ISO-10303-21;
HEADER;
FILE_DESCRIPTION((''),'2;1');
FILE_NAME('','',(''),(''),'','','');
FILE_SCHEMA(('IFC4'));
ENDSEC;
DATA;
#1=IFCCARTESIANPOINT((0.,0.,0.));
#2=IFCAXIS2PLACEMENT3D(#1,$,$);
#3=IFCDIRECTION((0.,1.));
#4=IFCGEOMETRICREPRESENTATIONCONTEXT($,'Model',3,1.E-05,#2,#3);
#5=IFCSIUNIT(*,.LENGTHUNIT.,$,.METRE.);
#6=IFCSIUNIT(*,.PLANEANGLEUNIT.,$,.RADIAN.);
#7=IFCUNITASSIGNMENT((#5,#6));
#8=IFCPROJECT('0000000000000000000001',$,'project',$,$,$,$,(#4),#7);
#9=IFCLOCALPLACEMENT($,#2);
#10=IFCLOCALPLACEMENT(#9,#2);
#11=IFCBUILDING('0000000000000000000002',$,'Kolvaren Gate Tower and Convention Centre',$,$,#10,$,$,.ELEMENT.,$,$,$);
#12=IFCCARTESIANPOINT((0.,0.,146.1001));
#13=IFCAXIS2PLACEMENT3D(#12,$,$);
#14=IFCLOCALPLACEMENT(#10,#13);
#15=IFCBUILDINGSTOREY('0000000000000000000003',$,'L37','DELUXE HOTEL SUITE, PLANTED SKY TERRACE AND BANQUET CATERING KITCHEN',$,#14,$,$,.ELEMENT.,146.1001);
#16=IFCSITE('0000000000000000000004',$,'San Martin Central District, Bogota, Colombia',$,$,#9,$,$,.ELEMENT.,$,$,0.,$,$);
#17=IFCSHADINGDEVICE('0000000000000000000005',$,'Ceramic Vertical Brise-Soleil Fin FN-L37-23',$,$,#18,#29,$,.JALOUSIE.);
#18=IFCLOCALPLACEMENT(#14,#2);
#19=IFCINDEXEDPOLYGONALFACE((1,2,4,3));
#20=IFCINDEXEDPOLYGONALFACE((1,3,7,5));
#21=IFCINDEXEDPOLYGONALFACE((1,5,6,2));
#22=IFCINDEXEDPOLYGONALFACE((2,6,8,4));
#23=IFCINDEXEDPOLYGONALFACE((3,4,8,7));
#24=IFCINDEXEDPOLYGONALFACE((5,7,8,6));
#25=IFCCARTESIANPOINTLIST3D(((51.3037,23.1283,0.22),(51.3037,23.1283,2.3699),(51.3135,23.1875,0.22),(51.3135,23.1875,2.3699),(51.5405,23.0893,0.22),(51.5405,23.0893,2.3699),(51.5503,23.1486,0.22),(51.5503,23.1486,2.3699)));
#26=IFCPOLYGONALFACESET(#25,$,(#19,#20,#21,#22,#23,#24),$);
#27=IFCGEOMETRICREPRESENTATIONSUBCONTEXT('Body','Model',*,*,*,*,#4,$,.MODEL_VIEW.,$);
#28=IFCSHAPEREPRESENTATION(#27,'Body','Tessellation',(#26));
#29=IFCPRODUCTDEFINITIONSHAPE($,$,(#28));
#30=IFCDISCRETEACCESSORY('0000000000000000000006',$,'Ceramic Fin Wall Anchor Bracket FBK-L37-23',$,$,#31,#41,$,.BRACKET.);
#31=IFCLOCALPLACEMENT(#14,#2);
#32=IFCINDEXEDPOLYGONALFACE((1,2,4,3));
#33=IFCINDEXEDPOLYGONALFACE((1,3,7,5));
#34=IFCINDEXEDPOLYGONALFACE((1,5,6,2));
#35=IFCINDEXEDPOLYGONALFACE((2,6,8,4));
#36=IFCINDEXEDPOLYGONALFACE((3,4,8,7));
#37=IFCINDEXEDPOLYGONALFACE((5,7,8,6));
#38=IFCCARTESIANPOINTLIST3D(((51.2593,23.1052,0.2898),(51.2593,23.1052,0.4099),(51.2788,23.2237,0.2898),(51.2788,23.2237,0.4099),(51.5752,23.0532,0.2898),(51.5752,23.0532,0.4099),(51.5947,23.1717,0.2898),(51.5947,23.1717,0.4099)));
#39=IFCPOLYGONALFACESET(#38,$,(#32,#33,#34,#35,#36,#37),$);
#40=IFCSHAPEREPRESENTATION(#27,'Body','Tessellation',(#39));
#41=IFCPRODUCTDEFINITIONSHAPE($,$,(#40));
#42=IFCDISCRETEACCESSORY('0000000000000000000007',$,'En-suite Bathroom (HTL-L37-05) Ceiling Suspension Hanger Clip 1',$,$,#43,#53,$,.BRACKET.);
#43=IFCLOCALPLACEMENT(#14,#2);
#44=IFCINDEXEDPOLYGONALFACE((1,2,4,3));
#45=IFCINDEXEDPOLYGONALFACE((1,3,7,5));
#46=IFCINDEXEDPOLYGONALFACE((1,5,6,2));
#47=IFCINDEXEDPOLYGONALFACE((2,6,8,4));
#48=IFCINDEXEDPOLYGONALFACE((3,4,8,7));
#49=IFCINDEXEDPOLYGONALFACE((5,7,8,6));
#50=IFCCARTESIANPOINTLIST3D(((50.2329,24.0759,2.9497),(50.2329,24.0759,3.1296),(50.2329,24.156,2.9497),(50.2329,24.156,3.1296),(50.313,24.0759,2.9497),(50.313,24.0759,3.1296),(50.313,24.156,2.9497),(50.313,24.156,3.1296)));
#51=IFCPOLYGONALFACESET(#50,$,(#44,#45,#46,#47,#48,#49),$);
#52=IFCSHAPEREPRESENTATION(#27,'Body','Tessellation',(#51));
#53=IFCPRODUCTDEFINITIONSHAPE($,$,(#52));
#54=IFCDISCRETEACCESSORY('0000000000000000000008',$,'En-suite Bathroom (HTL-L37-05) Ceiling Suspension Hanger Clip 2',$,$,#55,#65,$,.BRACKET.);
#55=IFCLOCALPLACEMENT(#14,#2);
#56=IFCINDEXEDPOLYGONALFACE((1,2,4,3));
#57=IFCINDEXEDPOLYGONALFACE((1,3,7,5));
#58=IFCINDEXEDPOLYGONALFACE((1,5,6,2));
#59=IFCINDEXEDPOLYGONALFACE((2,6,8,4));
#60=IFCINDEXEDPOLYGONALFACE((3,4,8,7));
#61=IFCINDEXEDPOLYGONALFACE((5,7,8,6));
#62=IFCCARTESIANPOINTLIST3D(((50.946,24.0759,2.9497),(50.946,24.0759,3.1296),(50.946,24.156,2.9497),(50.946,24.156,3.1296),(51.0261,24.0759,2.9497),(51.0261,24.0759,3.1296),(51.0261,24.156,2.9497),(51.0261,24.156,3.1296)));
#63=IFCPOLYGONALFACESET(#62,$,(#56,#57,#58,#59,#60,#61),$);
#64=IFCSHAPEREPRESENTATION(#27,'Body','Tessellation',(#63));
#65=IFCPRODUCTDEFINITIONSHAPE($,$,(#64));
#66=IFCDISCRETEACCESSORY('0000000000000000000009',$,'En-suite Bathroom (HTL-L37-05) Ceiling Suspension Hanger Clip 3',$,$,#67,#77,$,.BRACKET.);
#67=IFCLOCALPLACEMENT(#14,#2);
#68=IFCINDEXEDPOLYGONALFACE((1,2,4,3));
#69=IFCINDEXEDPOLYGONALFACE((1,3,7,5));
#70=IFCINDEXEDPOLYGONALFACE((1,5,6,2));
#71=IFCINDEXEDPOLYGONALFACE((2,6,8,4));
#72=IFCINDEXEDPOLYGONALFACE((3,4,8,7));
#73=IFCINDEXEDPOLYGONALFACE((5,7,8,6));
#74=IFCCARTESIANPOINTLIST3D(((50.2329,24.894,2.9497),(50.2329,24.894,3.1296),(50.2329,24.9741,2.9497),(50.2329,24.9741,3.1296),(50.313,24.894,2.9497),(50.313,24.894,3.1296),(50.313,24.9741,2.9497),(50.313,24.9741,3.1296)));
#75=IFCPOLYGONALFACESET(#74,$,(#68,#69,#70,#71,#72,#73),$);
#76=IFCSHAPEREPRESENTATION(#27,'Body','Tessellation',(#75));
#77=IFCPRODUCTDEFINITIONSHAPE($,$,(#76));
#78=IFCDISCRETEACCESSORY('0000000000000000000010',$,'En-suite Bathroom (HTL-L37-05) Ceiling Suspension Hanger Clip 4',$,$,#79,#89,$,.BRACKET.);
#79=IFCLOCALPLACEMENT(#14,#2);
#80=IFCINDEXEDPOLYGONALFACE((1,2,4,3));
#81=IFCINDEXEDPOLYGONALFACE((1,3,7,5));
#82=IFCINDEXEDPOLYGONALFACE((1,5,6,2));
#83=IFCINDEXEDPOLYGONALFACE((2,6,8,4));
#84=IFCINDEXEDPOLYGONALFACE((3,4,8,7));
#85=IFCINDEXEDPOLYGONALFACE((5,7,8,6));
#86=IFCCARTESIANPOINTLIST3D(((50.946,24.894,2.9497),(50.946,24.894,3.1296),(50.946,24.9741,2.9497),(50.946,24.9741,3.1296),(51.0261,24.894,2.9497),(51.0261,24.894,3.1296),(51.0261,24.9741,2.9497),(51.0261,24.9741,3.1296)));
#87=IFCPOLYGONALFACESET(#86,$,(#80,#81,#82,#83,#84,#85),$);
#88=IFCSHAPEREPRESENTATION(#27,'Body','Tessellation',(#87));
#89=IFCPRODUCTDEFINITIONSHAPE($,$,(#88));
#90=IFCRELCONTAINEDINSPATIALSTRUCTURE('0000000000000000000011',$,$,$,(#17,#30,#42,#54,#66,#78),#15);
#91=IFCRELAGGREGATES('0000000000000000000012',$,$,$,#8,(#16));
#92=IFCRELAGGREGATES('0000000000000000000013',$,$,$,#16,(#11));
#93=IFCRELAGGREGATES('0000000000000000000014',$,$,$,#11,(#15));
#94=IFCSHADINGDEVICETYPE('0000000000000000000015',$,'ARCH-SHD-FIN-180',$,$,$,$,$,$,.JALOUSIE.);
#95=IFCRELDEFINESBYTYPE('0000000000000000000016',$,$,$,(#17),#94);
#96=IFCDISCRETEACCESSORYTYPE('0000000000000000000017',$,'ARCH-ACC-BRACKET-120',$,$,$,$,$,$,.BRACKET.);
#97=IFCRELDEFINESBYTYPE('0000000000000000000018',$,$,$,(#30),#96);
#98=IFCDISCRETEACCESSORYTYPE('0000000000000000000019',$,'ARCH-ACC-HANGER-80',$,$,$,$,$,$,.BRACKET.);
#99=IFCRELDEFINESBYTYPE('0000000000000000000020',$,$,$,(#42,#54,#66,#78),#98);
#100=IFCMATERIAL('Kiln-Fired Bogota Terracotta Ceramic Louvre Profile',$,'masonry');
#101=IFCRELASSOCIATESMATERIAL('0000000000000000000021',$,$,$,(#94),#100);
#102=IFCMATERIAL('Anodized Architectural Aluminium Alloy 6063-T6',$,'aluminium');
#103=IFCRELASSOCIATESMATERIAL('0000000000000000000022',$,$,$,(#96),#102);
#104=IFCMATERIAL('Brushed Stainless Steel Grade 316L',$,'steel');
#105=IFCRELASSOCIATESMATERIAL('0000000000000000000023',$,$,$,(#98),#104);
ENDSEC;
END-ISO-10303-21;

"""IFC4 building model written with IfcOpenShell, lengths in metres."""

from ifc_helpers import new_model, si_unit, direction, frame, origin, origin_2d, place, context, subcontext, project, spatial, rectangle, extrude, material, type_object, element, save


model = new_model("IFC4")

# Units and contexts
model_context = context("Model", 3, precision=1e-05, world=origin(), true_north=direction((0.0, 1.0)))
body_context = subcontext(model_context, "Body", "Model", "MODEL_VIEW")
ifc_project = project(units=[si_unit("LENGTHUNIT", "METRE"), si_unit("PLANEANGLEUNIT", "RADIAN")], contexts=[model_context])

# Site, building, storey
site_placement = place(None, origin())
site = spatial("IfcSite", under=ifc_project, at=site_placement, Name="San Martin Central District, Bogota, Colombia", CompositionType="ELEMENT", RefElevation=0.0)
building_placement = place(site_placement, origin())
building = spatial("IfcBuilding", under=site, at=building_placement, Name="Kolvaren Gate Tower and Convention Centre", CompositionType="ELEMENT")
storey_placement = place(building_placement, frame((0.0, 0.0, 146.1001)))
storey = spatial("IfcBuildingStorey", under=building, at=storey_placement, Name="L37", Description="DELUXE HOTEL SUITE, PLANTED SKY TERRACE AND BANQUET CATERING KITCHEN", CompositionType="ELEMENT", Elevation=146.1001)

# Shading device
ifc_material_1 = material(Name="Kiln-Fired Bogota Terracotta Ceramic Louvre Profile", Category="masonry")
shading_device_type = type_object("IfcShadingDeviceType", Name="ARCH-SHD-FIN-180", PredefinedType="JALOUSIE", material=ifc_material_1)
shading_device_placement = place(storey_placement, frame((51.427, 23.1384, 0.22), z_axis=(0.0, 0.0, 1.0), x_axis=(0.162381, 0.986728, 0.0)))
element("IfcShadingDevice", 1, at=shading_device_placement, inside=storey, type_object=shading_device_type, Name="Ceramic Vertical Brise-Soleil Fin FN-L37-23", PredefinedType="JALOUSIE", context=body_context, shape_type="SweptSolid", body=[
    extrude(rectangle(XDim=0.0601, YDim=0.24, at=origin_2d()), origin(), (0.0, 0.0, 1.0), 2.1499),
])

# Discrete accessories
ifc_material_2 = material(Name="Anodized Architectural Aluminium Alloy 6063-T6", Category="aluminium")
discrete_accessory_type_1 = type_object("IfcDiscreteAccessoryType", Name="ARCH-ACC-BRACKET-120", PredefinedType="BRACKET", material=ifc_material_2)
discrete_accessory_placement = place(storey_placement, frame((51.427, 23.1384, 0.2898), z_axis=(0.0, 0.0, 1.0), x_axis=(0.162381, 0.986728, 0.0)))
element("IfcDiscreteAccessory", 2, at=discrete_accessory_placement, inside=storey, type_object=discrete_accessory_type_1, Name="Ceramic Fin Wall Anchor Bracket FBK-L37-23", PredefinedType="BRACKET", context=body_context, shape_type="SweptSolid", body=[
    extrude(rectangle(XDim=0.1201, YDim=0.3201, at=origin_2d()), origin(), (0.0, 0.0, 1.0), 0.1201),
])
ifc_material_3 = material(Name="Brushed Stainless Steel Grade 316L", Category="steel")
discrete_accessory_type_2 = type_object("IfcDiscreteAccessoryType", Name="ARCH-ACC-HANGER-80", PredefinedType="BRACKET", material=ifc_material_3)
for number, where, z_axis, x_axis, name in (
    (3, (50.2729, 24.116, 2.9497), (0.0, 0.0, 1.0), (1.0, 0.0, 0.0), "En-suite Bathroom (HTL-L37-05) Ceiling Suspension Hanger Clip 1"),
    (4, (50.9861, 24.116, 2.9497), (0.0, 0.0, 1.0), (1.0, 0.0, 0.0), "En-suite Bathroom (HTL-L37-05) Ceiling Suspension Hanger Clip 2"),
    (5, (50.2729, 24.9341, 2.9497), (0.0, 0.0, 1.0), (1.0, 0.0, 0.0), "En-suite Bathroom (HTL-L37-05) Ceiling Suspension Hanger Clip 3"),
    (6, (50.9861, 24.9341, 2.9497), (0.0, 0.0, 1.0), (1.0, 0.0, 0.0), "En-suite Bathroom (HTL-L37-05) Ceiling Suspension Hanger Clip 4"),
):
    element("IfcDiscreteAccessory", number, at=place(storey_placement, frame(where, z_axis=z_axis, x_axis=x_axis)), inside=storey, type_object=discrete_accessory_type_2, Name=name, PredefinedType="BRACKET", context=body_context, shape_type="SweptSolid", body=[
        extrude(rectangle(XDim=0.0801, YDim=0.0801, at=origin_2d()), origin(), (0.0, 0.0, 1.0), 0.1799),
    ])

save(model, "model.ifc")
